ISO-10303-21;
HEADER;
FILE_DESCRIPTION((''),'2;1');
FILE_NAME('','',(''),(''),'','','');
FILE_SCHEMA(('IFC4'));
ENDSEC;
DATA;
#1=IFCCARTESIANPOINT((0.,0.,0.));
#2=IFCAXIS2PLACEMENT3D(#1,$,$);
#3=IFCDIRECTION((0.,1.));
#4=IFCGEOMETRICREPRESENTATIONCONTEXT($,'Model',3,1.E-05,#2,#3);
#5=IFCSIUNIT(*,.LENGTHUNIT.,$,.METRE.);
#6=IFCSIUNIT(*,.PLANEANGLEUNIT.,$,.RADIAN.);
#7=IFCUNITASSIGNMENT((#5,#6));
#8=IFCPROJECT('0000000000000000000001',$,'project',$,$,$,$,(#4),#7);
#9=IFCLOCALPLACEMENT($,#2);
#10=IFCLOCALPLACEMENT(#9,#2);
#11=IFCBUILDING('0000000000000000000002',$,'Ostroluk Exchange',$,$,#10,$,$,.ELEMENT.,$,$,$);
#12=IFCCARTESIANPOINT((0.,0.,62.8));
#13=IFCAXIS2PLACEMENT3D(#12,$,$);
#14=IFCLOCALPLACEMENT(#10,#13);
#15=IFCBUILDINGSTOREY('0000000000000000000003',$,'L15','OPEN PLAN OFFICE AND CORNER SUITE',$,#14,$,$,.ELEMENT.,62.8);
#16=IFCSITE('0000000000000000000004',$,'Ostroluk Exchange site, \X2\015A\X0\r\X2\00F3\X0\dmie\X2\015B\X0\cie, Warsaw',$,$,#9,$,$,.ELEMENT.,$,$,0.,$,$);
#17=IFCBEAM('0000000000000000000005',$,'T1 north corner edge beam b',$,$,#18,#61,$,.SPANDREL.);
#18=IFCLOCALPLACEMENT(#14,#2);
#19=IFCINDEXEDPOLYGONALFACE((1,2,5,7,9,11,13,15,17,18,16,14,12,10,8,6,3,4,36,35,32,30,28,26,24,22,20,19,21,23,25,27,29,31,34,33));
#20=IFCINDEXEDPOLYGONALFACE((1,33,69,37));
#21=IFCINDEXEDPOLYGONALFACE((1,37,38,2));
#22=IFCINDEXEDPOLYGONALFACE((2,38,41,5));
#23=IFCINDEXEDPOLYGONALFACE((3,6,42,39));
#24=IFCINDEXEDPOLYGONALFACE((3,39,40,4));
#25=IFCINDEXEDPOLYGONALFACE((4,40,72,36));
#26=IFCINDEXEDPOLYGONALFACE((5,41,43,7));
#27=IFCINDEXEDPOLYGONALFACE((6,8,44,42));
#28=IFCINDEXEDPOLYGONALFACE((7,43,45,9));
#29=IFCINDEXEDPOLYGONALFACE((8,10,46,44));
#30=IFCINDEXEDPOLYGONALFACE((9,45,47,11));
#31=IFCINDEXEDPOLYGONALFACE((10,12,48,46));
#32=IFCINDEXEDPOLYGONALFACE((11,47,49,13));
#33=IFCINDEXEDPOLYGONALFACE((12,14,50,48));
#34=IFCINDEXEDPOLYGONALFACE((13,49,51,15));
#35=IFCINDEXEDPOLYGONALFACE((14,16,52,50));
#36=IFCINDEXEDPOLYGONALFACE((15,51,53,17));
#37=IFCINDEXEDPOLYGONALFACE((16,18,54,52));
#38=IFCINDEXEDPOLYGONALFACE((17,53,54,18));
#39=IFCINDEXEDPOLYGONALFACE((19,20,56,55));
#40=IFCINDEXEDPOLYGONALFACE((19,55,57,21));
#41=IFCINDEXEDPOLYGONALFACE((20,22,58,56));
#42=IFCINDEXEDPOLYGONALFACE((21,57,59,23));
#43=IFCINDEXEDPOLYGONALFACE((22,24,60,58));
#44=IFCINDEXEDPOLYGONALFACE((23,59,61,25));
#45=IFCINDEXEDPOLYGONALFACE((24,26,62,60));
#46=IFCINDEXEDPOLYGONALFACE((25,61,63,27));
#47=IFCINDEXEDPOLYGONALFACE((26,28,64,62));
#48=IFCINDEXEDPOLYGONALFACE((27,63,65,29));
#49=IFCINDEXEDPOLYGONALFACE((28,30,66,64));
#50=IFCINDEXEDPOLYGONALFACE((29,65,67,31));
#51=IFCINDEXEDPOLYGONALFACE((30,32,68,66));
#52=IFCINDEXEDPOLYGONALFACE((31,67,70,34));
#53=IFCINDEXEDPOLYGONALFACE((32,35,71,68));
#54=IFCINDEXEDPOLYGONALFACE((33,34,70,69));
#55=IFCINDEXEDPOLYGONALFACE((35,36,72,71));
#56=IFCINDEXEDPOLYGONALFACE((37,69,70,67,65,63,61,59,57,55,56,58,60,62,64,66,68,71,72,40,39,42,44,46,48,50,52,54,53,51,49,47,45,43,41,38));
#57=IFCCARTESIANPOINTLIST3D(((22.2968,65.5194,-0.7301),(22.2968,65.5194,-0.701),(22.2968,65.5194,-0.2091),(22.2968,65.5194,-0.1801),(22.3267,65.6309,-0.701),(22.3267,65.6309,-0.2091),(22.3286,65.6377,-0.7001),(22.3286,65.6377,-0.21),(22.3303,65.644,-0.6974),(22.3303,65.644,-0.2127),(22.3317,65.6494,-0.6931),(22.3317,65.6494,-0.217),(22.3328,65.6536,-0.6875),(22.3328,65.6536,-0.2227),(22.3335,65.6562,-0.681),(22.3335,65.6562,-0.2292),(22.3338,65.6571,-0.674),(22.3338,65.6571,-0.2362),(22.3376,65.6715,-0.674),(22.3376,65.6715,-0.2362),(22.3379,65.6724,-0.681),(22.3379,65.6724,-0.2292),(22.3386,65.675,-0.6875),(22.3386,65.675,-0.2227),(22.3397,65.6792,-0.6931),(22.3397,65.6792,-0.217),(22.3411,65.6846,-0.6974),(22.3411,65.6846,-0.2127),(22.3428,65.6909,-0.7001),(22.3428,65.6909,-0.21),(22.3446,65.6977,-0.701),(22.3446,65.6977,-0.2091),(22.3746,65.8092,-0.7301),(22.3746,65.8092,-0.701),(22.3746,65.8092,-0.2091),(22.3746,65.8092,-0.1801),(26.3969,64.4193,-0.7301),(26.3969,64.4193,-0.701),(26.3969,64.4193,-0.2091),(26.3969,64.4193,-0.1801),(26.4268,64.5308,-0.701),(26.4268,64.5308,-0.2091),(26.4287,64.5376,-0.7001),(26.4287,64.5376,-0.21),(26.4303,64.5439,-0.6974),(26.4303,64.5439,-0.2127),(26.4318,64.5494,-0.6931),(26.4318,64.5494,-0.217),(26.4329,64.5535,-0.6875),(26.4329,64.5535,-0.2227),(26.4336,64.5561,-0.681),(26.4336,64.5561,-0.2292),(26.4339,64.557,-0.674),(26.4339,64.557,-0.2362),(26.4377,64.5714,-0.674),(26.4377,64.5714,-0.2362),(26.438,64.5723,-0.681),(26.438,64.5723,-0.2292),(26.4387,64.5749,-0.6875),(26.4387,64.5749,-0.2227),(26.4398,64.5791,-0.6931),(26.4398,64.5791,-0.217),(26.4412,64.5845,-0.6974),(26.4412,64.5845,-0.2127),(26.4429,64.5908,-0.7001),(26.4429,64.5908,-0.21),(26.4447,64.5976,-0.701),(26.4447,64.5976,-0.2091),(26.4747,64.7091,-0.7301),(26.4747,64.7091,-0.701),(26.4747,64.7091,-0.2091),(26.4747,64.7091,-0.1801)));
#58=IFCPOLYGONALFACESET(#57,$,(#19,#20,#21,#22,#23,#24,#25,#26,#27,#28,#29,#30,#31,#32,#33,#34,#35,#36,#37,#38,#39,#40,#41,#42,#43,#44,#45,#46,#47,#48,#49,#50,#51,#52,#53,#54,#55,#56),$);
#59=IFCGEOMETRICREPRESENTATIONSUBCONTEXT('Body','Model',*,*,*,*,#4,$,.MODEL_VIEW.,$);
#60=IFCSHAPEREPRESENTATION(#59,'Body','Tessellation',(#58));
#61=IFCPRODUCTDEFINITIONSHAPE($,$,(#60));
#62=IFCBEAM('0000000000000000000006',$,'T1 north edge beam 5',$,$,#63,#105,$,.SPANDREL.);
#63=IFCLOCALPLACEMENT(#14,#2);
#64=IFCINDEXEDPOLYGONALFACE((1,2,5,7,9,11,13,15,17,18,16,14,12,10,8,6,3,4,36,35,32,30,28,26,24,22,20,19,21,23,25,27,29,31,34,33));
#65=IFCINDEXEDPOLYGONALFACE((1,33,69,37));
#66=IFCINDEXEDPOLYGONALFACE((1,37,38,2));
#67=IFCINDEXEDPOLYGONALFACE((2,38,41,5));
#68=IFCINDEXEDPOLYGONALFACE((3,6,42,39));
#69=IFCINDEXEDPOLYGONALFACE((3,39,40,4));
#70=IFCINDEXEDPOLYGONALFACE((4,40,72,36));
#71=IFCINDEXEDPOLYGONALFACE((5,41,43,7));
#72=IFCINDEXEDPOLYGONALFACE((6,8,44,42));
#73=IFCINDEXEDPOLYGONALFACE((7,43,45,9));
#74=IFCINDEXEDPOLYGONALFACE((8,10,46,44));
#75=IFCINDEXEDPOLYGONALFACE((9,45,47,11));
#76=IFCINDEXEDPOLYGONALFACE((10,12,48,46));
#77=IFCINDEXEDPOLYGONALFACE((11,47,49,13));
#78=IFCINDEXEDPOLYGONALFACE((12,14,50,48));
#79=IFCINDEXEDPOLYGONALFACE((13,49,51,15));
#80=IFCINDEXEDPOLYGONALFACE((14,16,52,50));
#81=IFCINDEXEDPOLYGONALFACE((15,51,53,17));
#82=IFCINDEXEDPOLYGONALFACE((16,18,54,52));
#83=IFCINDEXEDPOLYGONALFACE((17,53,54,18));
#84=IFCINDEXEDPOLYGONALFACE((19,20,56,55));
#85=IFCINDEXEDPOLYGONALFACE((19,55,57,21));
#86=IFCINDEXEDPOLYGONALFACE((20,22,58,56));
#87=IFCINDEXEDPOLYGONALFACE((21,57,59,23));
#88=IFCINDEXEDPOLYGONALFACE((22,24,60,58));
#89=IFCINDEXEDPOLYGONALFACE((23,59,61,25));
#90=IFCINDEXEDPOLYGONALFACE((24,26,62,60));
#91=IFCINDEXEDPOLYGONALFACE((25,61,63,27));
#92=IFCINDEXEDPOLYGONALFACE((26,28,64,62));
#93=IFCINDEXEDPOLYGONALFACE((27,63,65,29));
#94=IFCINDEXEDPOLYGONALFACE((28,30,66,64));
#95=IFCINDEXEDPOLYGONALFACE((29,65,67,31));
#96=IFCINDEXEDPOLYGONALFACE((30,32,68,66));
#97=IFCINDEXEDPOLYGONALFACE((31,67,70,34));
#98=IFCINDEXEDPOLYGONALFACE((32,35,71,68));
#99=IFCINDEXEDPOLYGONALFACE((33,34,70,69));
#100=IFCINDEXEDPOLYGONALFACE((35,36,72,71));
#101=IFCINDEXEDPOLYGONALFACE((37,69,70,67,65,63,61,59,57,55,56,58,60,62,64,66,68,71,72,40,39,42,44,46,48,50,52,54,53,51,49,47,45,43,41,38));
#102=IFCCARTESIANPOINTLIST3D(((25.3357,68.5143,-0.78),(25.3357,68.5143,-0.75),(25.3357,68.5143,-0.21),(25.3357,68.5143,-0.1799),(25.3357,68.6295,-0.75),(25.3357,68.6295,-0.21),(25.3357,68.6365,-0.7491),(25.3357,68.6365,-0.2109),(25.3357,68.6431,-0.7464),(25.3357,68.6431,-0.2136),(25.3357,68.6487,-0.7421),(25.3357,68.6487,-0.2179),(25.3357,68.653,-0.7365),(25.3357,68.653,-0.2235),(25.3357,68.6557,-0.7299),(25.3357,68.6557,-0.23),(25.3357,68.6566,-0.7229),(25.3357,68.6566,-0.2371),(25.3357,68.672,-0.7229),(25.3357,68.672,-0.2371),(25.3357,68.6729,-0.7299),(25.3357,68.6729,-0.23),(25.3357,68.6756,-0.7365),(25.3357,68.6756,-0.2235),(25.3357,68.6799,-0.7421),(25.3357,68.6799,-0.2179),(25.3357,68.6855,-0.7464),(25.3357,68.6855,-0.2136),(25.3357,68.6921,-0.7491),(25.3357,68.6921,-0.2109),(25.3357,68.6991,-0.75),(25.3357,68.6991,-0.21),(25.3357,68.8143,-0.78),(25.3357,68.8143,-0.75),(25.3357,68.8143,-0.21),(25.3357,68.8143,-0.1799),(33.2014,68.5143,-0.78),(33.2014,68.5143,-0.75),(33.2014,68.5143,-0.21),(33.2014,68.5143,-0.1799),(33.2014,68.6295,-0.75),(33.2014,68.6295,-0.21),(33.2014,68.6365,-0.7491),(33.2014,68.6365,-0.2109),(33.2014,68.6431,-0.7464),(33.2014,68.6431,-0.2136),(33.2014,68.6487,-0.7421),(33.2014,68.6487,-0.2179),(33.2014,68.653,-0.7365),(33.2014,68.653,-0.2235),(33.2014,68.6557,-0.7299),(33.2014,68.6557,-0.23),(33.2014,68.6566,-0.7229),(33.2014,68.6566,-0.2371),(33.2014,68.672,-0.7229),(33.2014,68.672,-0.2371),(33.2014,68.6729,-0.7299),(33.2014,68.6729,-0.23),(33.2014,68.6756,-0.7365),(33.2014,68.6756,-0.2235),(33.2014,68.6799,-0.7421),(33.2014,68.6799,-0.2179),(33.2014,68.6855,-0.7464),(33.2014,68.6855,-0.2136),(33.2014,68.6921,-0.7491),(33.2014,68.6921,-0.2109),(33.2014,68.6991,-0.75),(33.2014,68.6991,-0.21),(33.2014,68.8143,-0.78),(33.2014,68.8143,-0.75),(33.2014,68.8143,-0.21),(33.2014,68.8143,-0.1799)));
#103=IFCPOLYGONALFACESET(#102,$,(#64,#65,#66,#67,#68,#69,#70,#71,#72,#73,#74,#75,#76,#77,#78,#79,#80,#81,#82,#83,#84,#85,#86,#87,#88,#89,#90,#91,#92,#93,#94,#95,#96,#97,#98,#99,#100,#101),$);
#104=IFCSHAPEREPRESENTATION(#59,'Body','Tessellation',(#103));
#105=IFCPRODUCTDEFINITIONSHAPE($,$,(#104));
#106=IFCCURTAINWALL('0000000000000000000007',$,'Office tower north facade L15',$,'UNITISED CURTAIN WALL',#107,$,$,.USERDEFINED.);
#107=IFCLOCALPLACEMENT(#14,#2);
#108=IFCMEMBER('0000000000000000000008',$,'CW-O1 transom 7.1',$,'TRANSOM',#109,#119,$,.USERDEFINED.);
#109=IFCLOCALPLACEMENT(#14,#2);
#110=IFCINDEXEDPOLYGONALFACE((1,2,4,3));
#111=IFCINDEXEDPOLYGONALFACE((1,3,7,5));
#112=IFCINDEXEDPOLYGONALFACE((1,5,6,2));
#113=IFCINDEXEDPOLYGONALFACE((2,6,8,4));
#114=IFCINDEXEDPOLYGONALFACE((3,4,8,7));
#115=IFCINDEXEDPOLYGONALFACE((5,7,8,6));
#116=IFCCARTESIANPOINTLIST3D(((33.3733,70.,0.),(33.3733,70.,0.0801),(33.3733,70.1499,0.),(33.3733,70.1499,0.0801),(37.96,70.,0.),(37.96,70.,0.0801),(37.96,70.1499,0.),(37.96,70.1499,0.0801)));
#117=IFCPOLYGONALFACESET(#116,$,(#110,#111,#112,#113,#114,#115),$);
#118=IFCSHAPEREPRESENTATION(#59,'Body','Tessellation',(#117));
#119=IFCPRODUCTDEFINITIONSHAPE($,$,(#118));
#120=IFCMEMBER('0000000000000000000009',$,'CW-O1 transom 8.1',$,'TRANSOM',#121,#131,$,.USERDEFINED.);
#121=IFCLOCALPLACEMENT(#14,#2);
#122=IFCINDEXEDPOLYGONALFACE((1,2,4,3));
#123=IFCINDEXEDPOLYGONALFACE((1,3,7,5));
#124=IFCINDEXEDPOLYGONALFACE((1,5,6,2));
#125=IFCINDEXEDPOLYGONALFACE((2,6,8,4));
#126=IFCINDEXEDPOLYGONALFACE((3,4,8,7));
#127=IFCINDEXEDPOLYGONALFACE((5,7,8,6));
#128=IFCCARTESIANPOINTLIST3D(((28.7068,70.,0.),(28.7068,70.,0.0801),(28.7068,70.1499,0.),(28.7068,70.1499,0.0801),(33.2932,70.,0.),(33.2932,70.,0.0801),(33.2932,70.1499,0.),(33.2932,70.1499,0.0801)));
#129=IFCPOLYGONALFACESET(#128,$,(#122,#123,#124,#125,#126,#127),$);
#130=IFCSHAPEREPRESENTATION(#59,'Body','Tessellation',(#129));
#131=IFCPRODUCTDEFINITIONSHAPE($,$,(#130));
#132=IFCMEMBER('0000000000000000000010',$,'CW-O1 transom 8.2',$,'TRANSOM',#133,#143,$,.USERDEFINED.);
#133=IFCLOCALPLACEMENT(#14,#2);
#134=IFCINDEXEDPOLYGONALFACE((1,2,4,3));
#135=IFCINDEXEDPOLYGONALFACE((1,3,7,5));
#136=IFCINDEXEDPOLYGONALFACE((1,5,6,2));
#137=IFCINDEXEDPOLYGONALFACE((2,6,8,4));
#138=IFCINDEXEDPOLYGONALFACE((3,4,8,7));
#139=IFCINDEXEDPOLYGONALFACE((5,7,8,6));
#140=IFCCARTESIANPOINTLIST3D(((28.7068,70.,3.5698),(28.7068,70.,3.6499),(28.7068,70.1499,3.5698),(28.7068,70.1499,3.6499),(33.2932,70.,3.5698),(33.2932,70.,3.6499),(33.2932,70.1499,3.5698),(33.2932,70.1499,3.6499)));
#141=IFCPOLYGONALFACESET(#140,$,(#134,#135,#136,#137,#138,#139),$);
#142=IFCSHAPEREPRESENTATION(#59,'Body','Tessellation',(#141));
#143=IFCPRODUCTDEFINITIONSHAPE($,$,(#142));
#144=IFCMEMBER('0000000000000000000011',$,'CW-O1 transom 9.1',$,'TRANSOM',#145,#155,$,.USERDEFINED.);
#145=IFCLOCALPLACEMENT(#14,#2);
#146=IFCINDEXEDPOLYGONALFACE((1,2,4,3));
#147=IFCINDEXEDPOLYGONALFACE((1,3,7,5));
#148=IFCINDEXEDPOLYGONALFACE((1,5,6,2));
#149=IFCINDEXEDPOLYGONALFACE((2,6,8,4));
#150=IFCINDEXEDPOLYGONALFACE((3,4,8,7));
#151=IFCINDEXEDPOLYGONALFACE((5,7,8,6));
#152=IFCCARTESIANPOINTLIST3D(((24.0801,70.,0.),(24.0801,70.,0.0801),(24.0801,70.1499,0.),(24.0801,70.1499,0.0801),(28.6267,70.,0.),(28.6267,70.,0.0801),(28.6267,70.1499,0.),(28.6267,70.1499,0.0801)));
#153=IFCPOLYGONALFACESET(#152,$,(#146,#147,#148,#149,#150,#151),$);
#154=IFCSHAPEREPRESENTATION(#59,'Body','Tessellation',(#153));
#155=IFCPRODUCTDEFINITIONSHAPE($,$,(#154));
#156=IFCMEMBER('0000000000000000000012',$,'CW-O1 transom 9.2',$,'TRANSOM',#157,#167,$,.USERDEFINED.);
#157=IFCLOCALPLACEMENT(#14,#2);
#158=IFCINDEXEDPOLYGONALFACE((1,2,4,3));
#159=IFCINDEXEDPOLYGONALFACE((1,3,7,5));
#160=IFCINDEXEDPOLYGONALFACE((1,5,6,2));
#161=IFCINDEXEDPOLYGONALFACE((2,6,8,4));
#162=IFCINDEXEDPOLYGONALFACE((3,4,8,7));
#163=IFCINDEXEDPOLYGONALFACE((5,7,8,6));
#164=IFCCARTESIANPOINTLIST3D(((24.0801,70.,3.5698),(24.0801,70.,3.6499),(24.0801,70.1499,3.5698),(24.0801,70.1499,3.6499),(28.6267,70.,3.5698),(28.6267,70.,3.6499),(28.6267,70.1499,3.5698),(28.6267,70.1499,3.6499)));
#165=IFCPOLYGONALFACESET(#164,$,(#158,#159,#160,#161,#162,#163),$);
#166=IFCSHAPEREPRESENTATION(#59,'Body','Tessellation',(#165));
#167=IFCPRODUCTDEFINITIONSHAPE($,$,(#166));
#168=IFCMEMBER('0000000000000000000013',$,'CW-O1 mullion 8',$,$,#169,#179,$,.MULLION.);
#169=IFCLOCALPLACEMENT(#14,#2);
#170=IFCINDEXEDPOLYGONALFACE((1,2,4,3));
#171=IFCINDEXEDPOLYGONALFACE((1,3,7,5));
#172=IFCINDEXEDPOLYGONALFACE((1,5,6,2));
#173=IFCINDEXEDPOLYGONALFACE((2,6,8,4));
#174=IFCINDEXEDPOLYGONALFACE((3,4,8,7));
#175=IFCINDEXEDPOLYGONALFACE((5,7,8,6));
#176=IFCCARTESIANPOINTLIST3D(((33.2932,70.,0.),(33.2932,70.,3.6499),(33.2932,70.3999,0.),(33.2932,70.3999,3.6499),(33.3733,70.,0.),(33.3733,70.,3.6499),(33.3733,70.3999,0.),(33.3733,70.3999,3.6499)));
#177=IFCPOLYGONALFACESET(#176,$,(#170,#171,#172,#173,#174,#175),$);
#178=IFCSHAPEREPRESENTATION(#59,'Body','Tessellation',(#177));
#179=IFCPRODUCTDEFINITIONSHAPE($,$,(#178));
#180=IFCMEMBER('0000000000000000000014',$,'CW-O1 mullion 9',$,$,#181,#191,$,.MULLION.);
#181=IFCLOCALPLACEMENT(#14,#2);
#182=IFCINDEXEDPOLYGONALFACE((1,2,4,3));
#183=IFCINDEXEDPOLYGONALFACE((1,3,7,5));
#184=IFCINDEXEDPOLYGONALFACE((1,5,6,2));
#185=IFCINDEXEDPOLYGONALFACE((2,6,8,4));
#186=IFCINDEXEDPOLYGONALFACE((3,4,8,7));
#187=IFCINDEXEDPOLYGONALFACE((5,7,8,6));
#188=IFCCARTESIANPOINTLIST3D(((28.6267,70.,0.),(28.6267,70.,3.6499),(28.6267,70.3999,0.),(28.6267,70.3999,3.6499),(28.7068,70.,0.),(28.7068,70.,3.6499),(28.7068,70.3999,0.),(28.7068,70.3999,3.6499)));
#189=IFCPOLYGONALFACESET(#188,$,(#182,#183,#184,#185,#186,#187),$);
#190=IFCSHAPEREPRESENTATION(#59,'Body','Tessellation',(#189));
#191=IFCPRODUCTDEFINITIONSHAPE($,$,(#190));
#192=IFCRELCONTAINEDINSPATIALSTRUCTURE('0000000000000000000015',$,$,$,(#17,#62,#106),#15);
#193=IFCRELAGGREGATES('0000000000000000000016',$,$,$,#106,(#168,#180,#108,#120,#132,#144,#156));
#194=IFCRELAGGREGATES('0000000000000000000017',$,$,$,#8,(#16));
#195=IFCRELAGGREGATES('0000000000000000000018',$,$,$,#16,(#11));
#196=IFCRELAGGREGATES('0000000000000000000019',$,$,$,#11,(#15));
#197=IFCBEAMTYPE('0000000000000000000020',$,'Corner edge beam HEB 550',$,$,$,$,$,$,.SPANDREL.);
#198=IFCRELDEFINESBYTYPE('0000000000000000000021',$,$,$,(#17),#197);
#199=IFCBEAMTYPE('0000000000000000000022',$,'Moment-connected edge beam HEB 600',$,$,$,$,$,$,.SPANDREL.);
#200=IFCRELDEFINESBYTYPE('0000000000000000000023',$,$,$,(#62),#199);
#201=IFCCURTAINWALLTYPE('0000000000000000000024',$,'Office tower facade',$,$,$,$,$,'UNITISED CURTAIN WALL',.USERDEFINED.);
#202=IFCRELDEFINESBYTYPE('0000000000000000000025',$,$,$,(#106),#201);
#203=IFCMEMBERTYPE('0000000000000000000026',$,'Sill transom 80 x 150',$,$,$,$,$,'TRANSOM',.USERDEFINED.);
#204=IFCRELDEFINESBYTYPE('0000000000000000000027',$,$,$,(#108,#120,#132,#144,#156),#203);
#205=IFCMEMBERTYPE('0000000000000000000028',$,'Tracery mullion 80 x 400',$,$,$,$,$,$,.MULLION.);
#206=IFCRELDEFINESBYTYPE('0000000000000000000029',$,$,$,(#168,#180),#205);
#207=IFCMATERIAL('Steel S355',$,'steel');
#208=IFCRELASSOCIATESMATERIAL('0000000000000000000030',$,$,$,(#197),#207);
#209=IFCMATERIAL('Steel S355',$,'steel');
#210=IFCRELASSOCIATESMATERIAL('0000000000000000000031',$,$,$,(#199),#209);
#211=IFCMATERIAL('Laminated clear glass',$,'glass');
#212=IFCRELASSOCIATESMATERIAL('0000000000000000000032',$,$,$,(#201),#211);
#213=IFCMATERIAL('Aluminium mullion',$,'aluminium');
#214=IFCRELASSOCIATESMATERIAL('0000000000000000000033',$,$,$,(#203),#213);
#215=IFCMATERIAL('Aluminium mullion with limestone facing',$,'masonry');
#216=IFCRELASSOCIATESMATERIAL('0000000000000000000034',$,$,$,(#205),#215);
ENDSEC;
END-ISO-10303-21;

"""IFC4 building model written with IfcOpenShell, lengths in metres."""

from ifc_helpers import new_model, si_unit, direction, frame, origin, origin_2d, place, context, subcontext, project, spatial, rectangle, i_section, extrude, material, material_profile, profile_set, type_object, element, aggregate, save


model = new_model("IFC4")

# Units and contexts
model_context = context("Model", 3, precision=1e-05, world=origin(), true_north=direction((0.0, 1.0)))
body_context = subcontext(model_context, "Body", "Model", "MODEL_VIEW")
ifc_project = project(units=[si_unit("LENGTHUNIT", "METRE"), si_unit("PLANEANGLEUNIT", "RADIAN")], contexts=[model_context])

# Site, building, storey
site_placement = place(None, origin())
site = spatial("IfcSite", under=ifc_project, at=site_placement, Name="Ostroluk Exchange site, Śródmieście, Warsaw", CompositionType="ELEMENT", RefElevation=0.0)
building_placement = place(site_placement, origin())
building = spatial("IfcBuilding", under=site, at=building_placement, Name="Ostroluk Exchange", CompositionType="ELEMENT")
storey_placement = place(building_placement, frame((0.0, 0.0, 62.8)))
storey = spatial("IfcBuildingStorey", under=building, at=storey_placement, Name="L15", Description="OPEN PLAN OFFICE AND CORNER SUITE", CompositionType="ELEMENT", Elevation=62.8)

# Beams
ifc_material_1 = material(Name="Steel S355", Category="steel")
ifc_material_profile_1 = material_profile(ifc_material_1, i_section(OverallWidth=0.3, OverallDepth=0.55, WebThickness=0.0149, FlangeThickness=0.0291, FilletRadius=0.0271, at=origin_2d()), Name="HEB 550")
ifc_profile_set_1 = profile_set([ifc_material_profile_1], Name="Steel S355")
beam_type_1 = type_object("IfcBeamType", Name="Corner edge beam HEB 550", PredefinedType="SPANDREL", material=ifc_profile_set_1)
for number, where, z_axis, x_axis, name in (
    (1, (26.4358, 64.5642, -0.4551), (-0.965839, 0.259144, 0.0), (-0.259144, -0.965839, 0.0), "T1 north corner edge beam b"),
):
    element("IfcBeam", number, at=place(storey_placement, frame(where, z_axis=z_axis, x_axis=x_axis)), inside=storey, type_object=beam_type_1, Name=name, PredefinedType="SPANDREL", context=body_context, shape_type="SweptSolid", body=[
        extrude(i_section(OverallWidth=0.3, OverallDepth=0.55, WebThickness=0.0149, FlangeThickness=0.0291, FilletRadius=0.0271, at=origin_2d()), origin(), (0.0, 0.0, 1.0), 4.2451),
    ])
ifc_material_2 = material(Name="Steel S355", Category="steel")
ifc_material_profile_2 = material_profile(ifc_material_2, i_section(OverallWidth=0.3, OverallDepth=0.6001, WebThickness=0.0154, FlangeThickness=0.03, FilletRadius=0.0271, at=origin_2d()), Name="HEB 600")
ifc_profile_set_2 = profile_set([ifc_material_profile_2], Name="Steel S355")
beam_type_2 = type_object("IfcBeamType", Name="Moment-connected edge beam HEB 600", PredefinedType="SPANDREL", material=ifc_profile_set_2)
beam_1_placement = place(storey_placement, frame((33.2014, 68.6643, -0.48), z_axis=(-1.0, 0.0, 0.0), x_axis=(0.0, -1.0, 0.0)))
element("IfcBeam", 2, at=beam_1_placement, inside=storey, type_object=beam_type_2, Name="T1 north edge beam 5", PredefinedType="SPANDREL", context=body_context, shape_type="SweptSolid", body=[
    extrude(i_section(OverallWidth=0.3, OverallDepth=0.6001, WebThickness=0.0154, FlangeThickness=0.03, FilletRadius=0.0271, at=origin_2d()), origin(), (0.0, 0.0, 1.0), 7.8657),
])

# Curtain wall, members
ifc_material_3 = material(Name="Laminated clear glass", Category="glass")
curtain_wall_type = type_object("IfcCurtainWallType", Name="Office tower facade", ElementType="UNITISED CURTAIN WALL", PredefinedType="USERDEFINED", material=ifc_material_3)
curtain_wall_placement = place(storey_placement, origin())
curtain_wall = element("IfcCurtainWall", 3, at=curtain_wall_placement, inside=storey, type_object=curtain_wall_type, Name="Office tower north facade L15", ObjectType="UNITISED CURTAIN WALL", PredefinedType="USERDEFINED")
ifc_material_4 = material(Name="Aluminium mullion", Category="aluminium")
ifc_material_profile_3 = material_profile(ifc_material_4, rectangle(XDim=0.1499, YDim=0.0801, at=origin_2d()), Name="Sill transom 80 x 150")
ifc_profile_set_3 = profile_set([ifc_material_profile_3], Name="Aluminium mullion")
member_type_1 = type_object("IfcMemberType", Name="Sill transom 80 x 150", ElementType="TRANSOM", PredefinedType="USERDEFINED", material=ifc_profile_set_3)
member_1_placement = place(storey_placement, frame((37.96, 70.075, 0.04), z_axis=(-1.0, 0.0, 0.0), x_axis=(0.0, -1.0, 0.0)))
member_1 = element("IfcMember", 4, at=member_1_placement, type_object=member_type_1, Name="CW-O1 transom 7.1", ObjectType="TRANSOM", PredefinedType="USERDEFINED", context=body_context, shape_type="SweptSolid", body=[
    extrude(rectangle(XDim=0.1499, YDim=0.0801, at=origin_2d()), origin(), (0.0, 0.0, 1.0), 4.5867),
])
member_2_placement = place(storey_placement, frame((33.2932, 70.075, 0.04), z_axis=(-1.0, 0.0, 0.0), x_axis=(0.0, -1.0, 0.0)))
member_2 = element("IfcMember", 5, at=member_2_placement, type_object=member_type_1, Name="CW-O1 transom 8.1", ObjectType="TRANSOM", PredefinedType="USERDEFINED", context=body_context, shape_type="SweptSolid", body=[
    extrude(rectangle(XDim=0.1499, YDim=0.0801, at=origin_2d()), origin(), (0.0, 0.0, 1.0), 4.5864),
])
member_3_placement = place(storey_placement, frame((33.2932, 70.075, 3.6099), z_axis=(-1.0, 0.0, 0.0), x_axis=(0.0, -1.0, 0.0)))
member_3 = element("IfcMember", 6, at=member_3_placement, type_object=member_type_1, Name="CW-O1 transom 8.2", ObjectType="TRANSOM", PredefinedType="USERDEFINED", context=body_context, shape_type="SweptSolid", body=[
    extrude(rectangle(XDim=0.1499, YDim=0.0801, at=origin_2d()), origin(), (0.0, 0.0, 1.0), 4.5864),
])
member_4_placement = place(storey_placement, frame((28.6267, 70.075, 0.04), z_axis=(-1.0, 0.0, 0.0), x_axis=(0.0, -1.0, 0.0)))
member_4 = element("IfcMember", 7, at=member_4_placement, type_object=member_type_1, Name="CW-O1 transom 9.1", ObjectType="TRANSOM", PredefinedType="USERDEFINED", context=body_context, shape_type="SweptSolid", body=[
    extrude(rectangle(XDim=0.1499, YDim=0.0801, at=origin_2d()), origin(), (0.0, 0.0, 1.0), 4.5466),
])
member_5_placement = place(storey_placement, frame((28.6267, 70.075, 3.6099), z_axis=(-1.0, 0.0, 0.0), x_axis=(0.0, -1.0, 0.0)))
member_5 = element("IfcMember", 8, at=member_5_placement, type_object=member_type_1, Name="CW-O1 transom 9.2", ObjectType="TRANSOM", PredefinedType="USERDEFINED", context=body_context, shape_type="SweptSolid", body=[
    extrude(rectangle(XDim=0.1499, YDim=0.0801, at=origin_2d()), origin(), (0.0, 0.0, 1.0), 4.5466),
])
ifc_material_5 = material(Name="Aluminium mullion with limestone facing", Category="masonry")
ifc_material_profile_4 = material_profile(ifc_material_5, rectangle(XDim=0.3999, YDim=0.0801, at=origin_2d()), Name="Tracery mullion 80 x 400")
ifc_profile_set_4 = profile_set([ifc_material_profile_4], Name="Aluminium mullion with limestone facing")
member_type_2 = type_object("IfcMemberType", Name="Tracery mullion 80 x 400", PredefinedType="MULLION", material=ifc_profile_set_4)
member_6_placement = place(storey_placement, frame((33.3333, 70.2, 0.0), z_axis=(0.0, 0.0, 1.0), x_axis=(0.0, -1.0, 0.0)))
member_6 = element("IfcMember", 9, at=member_6_placement, type_object=member_type_2, Name="CW-O1 mullion 8", PredefinedType="MULLION", context=body_context, shape_type="SweptSolid", body=[
    extrude(rectangle(XDim=0.3999, YDim=0.0801, at=origin_2d()), origin(), (0.0, 0.0, 1.0), 3.6499),
])
member_7_placement = place(storey_placement, frame((28.6667, 70.2, 0.0), z_axis=(0.0, 0.0, 1.0), x_axis=(0.0, -1.0, 0.0)))
member_7 = element("IfcMember", 10, at=member_7_placement, type_object=member_type_2, Name="CW-O1 mullion 9", PredefinedType="MULLION", context=body_context, shape_type="SweptSolid", body=[
    extrude(rectangle(XDim=0.3999, YDim=0.0801, at=origin_2d()), origin(), (0.0, 0.0, 1.0), 3.6499),
])
aggregate(curtain_wall, [member_6, member_7, member_1, member_2, member_3, member_4, member_5])

save(model, "model.ifc")
